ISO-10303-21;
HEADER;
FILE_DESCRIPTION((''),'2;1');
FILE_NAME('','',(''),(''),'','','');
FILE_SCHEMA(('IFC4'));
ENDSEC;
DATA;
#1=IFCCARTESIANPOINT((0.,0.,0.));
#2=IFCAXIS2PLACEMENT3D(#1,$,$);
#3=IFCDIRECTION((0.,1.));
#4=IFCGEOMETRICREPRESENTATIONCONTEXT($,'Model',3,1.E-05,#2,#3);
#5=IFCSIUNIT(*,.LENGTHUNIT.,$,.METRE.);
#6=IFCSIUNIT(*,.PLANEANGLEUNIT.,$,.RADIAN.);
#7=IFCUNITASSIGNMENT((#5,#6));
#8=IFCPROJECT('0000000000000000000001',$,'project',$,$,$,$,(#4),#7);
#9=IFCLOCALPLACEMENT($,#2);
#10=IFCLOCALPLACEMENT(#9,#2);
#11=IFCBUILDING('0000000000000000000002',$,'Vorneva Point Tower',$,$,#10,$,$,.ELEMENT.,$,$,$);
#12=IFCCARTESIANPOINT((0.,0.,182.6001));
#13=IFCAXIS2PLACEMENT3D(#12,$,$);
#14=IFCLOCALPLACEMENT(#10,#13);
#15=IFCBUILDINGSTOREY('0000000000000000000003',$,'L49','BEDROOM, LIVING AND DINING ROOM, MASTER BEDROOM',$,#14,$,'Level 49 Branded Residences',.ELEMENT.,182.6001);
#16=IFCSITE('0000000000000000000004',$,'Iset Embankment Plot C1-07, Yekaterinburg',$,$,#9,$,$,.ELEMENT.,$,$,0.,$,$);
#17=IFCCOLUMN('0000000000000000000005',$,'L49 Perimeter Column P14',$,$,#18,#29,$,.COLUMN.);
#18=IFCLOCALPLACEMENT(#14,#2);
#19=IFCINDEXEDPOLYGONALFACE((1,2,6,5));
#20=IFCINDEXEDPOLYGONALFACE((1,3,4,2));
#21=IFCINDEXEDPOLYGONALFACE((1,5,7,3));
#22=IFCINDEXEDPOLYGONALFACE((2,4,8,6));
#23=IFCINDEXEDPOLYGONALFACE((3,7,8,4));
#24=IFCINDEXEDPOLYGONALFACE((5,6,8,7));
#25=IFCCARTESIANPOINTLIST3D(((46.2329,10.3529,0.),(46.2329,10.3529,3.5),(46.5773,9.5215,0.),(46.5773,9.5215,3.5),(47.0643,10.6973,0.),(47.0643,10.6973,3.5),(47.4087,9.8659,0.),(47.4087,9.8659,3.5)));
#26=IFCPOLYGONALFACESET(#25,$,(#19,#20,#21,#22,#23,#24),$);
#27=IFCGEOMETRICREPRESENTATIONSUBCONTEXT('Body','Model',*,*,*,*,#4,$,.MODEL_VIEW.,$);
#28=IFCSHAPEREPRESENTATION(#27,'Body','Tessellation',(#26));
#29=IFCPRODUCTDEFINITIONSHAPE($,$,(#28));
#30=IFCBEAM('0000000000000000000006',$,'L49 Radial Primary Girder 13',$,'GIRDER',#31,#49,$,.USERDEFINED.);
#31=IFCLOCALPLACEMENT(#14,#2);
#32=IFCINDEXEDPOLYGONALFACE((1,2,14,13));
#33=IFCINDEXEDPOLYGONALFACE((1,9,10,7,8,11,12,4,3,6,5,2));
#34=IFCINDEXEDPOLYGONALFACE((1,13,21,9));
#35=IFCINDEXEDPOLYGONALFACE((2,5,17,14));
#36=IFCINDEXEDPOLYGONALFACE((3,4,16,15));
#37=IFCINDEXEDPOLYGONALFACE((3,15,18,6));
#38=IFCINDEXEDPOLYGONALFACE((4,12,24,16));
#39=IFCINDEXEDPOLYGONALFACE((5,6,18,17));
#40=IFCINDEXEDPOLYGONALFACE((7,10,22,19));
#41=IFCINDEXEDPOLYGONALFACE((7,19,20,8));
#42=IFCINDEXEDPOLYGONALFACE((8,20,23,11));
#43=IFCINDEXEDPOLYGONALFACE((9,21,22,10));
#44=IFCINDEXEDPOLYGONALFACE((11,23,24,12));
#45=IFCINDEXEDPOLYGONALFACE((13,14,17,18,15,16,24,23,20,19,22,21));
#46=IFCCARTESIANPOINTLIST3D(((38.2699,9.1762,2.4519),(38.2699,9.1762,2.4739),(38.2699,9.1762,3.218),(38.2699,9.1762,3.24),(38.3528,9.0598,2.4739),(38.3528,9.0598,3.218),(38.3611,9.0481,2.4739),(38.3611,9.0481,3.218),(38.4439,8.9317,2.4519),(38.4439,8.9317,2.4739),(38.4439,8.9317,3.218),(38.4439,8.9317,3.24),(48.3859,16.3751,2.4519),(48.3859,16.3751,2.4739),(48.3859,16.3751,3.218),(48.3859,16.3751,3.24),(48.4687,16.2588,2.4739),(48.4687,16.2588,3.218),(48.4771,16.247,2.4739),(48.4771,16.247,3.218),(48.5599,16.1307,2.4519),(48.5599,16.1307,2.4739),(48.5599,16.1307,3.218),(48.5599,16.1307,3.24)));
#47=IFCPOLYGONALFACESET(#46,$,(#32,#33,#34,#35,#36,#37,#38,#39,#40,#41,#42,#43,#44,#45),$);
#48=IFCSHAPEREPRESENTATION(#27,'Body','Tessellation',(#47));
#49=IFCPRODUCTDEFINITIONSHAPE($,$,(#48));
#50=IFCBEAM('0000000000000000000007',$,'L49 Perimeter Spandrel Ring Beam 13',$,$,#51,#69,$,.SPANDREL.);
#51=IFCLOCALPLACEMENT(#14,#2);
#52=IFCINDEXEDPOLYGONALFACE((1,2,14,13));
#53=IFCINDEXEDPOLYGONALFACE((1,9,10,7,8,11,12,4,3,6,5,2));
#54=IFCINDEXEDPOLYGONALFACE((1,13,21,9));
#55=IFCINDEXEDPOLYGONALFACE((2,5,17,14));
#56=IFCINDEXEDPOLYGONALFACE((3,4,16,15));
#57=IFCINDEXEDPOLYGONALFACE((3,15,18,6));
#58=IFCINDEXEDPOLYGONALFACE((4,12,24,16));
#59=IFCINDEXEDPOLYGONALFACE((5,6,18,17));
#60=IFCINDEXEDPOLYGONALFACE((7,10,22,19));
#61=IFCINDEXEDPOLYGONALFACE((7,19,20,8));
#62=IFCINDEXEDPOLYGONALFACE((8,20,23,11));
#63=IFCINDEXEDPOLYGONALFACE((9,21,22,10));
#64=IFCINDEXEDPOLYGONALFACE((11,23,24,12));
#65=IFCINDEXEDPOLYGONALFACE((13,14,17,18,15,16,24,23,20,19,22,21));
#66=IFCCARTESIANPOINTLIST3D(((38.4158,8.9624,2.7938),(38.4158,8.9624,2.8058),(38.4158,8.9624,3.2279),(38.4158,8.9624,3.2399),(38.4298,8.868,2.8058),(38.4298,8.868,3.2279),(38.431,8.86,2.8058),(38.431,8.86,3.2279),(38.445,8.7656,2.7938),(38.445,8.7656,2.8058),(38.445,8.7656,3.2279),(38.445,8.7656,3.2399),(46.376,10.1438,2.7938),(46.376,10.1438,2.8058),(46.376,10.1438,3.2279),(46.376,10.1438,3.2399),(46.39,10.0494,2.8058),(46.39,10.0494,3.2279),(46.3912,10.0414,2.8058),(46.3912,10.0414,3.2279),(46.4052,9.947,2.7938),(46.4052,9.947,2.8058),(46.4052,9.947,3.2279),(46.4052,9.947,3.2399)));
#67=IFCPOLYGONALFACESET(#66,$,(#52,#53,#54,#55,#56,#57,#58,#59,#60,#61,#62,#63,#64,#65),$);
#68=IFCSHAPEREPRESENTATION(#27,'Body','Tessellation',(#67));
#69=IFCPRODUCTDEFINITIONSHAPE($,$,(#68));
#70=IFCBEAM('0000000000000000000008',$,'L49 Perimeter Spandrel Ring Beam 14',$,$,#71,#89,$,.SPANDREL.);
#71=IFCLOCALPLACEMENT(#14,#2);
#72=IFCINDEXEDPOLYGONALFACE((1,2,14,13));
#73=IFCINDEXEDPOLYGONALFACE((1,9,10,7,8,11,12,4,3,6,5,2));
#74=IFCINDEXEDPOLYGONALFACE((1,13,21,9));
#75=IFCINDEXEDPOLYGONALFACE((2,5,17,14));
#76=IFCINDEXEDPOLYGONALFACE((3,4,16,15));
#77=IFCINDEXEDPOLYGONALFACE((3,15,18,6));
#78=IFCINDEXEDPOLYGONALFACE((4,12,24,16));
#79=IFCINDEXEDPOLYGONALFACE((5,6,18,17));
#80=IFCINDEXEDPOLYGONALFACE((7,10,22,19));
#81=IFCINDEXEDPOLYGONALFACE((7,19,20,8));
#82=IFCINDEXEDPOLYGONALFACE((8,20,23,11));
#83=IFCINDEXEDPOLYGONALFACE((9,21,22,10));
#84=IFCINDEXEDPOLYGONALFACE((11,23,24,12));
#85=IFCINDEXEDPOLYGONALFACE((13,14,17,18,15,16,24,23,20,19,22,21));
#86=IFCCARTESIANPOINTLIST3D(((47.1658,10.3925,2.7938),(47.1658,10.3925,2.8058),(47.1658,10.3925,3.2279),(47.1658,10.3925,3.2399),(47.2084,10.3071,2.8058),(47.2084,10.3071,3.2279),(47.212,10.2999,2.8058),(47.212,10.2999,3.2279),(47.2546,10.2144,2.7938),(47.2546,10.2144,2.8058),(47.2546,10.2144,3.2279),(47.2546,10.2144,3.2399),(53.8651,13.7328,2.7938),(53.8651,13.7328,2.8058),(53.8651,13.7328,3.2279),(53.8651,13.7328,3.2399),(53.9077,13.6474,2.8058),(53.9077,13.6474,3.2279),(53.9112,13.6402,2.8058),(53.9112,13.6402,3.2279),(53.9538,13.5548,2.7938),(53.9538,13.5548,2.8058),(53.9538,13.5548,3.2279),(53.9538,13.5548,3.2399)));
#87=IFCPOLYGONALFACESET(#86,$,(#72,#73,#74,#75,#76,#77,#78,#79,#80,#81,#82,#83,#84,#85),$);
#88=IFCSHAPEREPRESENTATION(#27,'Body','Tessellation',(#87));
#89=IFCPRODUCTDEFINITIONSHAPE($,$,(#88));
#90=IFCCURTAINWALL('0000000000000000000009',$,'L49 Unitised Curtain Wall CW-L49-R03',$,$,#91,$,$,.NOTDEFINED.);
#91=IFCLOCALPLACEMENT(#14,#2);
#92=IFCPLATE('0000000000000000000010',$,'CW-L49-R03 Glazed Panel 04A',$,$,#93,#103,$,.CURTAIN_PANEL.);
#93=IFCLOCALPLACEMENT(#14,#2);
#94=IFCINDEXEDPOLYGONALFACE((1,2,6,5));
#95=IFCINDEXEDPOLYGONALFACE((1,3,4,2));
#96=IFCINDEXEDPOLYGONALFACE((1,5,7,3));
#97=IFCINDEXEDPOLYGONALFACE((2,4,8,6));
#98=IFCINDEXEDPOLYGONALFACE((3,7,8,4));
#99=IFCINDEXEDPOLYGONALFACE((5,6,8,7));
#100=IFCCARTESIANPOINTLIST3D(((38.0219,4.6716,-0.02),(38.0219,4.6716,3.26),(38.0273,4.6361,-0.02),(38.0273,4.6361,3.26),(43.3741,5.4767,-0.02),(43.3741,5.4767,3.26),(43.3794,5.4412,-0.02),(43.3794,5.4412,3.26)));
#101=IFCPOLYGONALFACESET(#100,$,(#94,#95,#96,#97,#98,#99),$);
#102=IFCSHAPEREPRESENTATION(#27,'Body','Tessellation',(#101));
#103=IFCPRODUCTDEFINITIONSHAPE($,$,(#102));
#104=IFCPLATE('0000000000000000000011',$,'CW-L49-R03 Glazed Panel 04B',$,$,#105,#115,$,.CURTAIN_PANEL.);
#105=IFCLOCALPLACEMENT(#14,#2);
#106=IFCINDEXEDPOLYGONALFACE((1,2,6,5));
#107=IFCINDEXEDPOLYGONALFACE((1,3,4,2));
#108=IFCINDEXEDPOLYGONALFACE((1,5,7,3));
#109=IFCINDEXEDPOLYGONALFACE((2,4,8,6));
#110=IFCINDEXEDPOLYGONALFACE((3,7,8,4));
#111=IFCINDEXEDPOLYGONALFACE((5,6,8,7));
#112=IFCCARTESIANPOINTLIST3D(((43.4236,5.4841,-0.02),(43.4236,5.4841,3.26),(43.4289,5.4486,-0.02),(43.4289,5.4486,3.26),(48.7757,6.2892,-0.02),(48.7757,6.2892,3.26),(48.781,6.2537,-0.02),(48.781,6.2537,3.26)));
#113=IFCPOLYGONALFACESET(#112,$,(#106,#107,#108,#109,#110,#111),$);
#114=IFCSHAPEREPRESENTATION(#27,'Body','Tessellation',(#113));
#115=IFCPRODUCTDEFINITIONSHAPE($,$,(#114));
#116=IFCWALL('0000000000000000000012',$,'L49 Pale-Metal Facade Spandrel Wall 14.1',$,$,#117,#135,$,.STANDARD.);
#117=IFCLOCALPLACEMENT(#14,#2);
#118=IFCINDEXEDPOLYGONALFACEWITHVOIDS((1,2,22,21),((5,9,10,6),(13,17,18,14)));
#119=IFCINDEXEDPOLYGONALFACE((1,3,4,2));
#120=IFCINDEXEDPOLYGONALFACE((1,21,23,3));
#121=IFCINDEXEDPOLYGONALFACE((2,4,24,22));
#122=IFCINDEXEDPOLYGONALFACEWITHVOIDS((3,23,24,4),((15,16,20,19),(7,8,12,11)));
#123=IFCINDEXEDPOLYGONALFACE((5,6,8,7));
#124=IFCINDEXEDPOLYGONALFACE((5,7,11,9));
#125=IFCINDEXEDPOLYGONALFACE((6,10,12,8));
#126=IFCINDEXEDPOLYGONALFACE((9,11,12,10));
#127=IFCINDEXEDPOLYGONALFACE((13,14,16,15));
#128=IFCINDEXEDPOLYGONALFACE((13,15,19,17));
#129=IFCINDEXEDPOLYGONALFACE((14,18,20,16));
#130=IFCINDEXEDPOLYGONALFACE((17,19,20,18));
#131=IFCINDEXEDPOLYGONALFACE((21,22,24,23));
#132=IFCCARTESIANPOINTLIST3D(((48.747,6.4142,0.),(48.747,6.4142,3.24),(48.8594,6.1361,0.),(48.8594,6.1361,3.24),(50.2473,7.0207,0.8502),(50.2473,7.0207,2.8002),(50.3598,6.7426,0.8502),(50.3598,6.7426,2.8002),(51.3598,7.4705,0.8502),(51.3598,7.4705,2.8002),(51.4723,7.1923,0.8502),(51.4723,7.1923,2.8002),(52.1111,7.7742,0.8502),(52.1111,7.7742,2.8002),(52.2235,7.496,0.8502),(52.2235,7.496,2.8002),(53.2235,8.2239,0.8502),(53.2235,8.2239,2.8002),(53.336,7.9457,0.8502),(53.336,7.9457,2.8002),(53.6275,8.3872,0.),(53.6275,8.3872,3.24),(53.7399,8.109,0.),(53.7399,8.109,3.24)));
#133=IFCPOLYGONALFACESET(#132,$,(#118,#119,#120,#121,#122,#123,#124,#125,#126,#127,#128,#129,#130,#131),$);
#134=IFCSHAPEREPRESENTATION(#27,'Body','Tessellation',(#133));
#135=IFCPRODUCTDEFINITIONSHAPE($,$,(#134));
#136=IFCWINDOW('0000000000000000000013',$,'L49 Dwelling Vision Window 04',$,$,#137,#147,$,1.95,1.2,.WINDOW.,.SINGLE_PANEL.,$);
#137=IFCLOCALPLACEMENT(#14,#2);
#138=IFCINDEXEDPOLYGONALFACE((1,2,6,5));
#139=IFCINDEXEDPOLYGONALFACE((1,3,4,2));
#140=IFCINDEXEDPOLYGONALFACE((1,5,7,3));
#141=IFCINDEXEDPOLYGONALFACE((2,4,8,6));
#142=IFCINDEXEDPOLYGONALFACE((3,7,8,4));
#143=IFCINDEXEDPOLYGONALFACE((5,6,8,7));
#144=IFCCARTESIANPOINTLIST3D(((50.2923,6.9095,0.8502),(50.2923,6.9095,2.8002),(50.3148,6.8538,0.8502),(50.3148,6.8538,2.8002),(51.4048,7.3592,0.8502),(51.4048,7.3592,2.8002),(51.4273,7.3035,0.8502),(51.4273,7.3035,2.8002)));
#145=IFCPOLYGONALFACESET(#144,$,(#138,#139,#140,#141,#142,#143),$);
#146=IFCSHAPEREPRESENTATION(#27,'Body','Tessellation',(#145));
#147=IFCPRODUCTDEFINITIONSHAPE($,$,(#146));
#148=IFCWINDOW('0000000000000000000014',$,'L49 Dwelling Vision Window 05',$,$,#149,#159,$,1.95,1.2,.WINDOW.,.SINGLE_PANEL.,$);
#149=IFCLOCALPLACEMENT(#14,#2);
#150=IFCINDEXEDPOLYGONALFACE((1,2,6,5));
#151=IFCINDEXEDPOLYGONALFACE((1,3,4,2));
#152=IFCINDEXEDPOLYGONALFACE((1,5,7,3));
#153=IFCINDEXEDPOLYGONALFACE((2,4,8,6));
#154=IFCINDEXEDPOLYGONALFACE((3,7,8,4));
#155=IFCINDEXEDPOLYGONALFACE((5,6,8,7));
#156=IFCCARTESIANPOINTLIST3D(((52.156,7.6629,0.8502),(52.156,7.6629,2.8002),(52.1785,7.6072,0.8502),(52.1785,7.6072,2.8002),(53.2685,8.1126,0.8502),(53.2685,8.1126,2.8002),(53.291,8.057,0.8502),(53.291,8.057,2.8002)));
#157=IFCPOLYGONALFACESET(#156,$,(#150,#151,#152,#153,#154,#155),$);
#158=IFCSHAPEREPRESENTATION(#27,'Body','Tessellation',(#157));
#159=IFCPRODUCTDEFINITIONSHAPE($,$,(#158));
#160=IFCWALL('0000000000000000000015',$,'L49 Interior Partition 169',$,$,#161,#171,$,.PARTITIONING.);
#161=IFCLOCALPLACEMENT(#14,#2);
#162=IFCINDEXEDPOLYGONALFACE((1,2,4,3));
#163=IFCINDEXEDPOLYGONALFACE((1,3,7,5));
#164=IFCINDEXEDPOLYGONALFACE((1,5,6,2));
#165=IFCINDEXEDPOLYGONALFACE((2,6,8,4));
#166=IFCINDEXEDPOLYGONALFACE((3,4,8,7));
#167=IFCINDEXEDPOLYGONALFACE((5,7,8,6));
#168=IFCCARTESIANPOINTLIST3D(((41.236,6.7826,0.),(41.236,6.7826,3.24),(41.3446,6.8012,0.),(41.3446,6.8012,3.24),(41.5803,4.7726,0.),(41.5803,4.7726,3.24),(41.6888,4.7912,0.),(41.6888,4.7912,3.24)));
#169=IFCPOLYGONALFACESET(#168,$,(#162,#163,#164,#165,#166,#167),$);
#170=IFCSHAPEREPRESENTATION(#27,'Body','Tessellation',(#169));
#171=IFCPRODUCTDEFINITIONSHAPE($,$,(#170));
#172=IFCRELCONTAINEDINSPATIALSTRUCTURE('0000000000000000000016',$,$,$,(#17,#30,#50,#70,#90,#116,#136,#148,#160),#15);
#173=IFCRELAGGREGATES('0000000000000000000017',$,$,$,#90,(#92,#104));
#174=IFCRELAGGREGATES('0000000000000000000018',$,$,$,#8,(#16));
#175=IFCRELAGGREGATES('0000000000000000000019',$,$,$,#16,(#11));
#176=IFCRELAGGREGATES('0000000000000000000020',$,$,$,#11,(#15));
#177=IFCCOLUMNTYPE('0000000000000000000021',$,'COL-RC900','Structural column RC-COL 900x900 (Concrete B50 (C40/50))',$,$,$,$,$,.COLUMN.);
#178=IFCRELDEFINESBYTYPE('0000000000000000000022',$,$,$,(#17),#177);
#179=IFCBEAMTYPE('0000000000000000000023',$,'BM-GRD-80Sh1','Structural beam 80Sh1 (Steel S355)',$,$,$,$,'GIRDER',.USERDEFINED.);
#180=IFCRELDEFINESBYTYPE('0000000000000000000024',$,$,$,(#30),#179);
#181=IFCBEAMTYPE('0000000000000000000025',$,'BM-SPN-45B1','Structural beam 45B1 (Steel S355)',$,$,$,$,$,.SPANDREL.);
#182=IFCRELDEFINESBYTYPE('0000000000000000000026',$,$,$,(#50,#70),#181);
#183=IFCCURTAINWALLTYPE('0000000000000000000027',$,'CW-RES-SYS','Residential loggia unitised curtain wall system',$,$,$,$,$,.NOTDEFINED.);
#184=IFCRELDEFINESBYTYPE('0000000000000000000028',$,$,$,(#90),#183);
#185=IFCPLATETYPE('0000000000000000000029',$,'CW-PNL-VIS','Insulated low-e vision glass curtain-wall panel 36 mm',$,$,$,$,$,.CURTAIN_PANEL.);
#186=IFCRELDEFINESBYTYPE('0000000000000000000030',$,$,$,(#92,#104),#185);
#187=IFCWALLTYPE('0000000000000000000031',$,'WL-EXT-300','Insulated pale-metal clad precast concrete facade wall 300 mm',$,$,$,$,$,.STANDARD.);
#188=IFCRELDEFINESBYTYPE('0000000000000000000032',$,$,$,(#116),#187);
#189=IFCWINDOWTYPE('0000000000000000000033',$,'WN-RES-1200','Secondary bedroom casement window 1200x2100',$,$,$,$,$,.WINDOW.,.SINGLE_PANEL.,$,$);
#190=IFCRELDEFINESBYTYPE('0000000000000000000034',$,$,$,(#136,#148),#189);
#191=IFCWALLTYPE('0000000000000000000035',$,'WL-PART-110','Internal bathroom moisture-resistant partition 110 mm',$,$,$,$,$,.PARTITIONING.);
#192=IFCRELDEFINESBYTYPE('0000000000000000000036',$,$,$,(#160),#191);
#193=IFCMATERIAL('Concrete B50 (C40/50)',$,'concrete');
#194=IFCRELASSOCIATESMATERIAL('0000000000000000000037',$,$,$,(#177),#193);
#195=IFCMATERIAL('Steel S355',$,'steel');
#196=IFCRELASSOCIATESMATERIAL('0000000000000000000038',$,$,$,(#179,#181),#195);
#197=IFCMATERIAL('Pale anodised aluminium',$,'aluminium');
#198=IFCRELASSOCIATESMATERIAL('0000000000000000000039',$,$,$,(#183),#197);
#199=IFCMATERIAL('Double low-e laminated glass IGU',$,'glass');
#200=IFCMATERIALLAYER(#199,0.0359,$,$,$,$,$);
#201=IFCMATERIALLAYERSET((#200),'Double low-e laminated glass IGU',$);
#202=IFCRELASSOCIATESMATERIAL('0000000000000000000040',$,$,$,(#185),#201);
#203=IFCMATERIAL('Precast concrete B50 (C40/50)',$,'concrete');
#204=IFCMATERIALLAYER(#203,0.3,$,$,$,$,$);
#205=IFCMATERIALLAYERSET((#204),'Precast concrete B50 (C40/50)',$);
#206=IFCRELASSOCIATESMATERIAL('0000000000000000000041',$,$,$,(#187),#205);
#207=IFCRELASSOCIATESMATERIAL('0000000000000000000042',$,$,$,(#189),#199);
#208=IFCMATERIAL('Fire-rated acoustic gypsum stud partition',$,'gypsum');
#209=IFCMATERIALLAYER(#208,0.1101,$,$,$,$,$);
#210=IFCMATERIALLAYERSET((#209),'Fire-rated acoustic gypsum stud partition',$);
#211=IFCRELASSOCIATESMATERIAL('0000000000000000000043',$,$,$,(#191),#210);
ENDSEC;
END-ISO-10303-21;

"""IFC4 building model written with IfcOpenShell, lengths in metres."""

from ifc_helpers import new_model, si_unit, direction, frame, frame_2d, origin, origin_2d, place, context, subcontext, project, spatial, rectangle, i_section, extrude, material, layer, layer_set, material_profile, profile_set, type_object, element, fill, aggregate, save


model = new_model("IFC4")

# Units and contexts
model_context = context("Model", 3, precision=1e-05, world=origin(), true_north=direction((0.0, 1.0)))
body_context = subcontext(model_context, "Body", "Model", "MODEL_VIEW")
ifc_project = project(units=[si_unit("LENGTHUNIT", "METRE"), si_unit("PLANEANGLEUNIT", "RADIAN")], contexts=[model_context])

# Site, building, storey
site_placement = place(None, origin())
site = spatial("IfcSite", under=ifc_project, at=site_placement, Name="Iset Embankment Plot C1-07, Yekaterinburg", CompositionType="ELEMENT", RefElevation=0.0)
building_placement = place(site_placement, origin())
building = spatial("IfcBuilding", under=site, at=building_placement, Name="Vorneva Point Tower", CompositionType="ELEMENT")
storey_placement = place(building_placement, frame((0.0, 0.0, 182.6001)))
storey = spatial("IfcBuildingStorey", under=building, at=storey_placement, Name="L49", Description="BEDROOM, LIVING AND DINING ROOM, MASTER BEDROOM", LongName="Level 49 Branded Residences", CompositionType="ELEMENT", Elevation=182.6001)

# Column
ifc_material_1 = material(Name="Concrete B50 (C40/50)", Category="concrete")
ifc_material_profile_1 = material_profile(ifc_material_1, rectangle(XDim=0.8999, YDim=0.8999, at=origin_2d()), Name="RC-COL 900x900")
ifc_profile_set_1 = profile_set([ifc_material_profile_1], Name="Concrete B50 (C40/50)")
column_type = type_object("IfcColumnType", Name="COL-RC900", Description="Structural column RC-COL 900x900 (Concrete B50 (C40/50))", PredefinedType="COLUMN", material=ifc_profile_set_1)
column_placement = place(storey_placement, frame((46.8208, 10.1094, 0.0), z_axis=(0.0, 0.0, 1.0), x_axis=(0.382683, -0.92388, 0.0)))
element("IfcColumn", 1, at=column_placement, inside=storey, type_object=column_type, Name="L49 Perimeter Column P14", PredefinedType="COLUMN", context=body_context, shape_type="SweptSolid", body=[
    extrude(rectangle(XDim=0.8999, YDim=0.8999, at=origin_2d()), origin(), (0.0, 0.0, 1.0), 3.5),
])

# Beams
ifc_material_2 = material(Name="Steel S355", Category="steel")
ifc_material_profile_2 = material_profile(ifc_material_2, i_section(OverallWidth=0.3, OverallDepth=0.7881, WebThickness=0.0144, FlangeThickness=0.022, at=origin_2d()), Name="80Sh1")
ifc_profile_set_2 = profile_set([ifc_material_profile_2], Name="Steel S355")
beam_type_1 = type_object("IfcBeamType", Name="BM-GRD-80Sh1", Description="Structural beam 80Sh1 (Steel S355)", ElementType="GIRDER", PredefinedType="USERDEFINED", material=ifc_profile_set_2)
beam_1_placement = place(storey_placement, frame((38.3569, 9.054, 2.8459), z_axis=(0.81475, 0.579813, 0.0), x_axis=(-0.579813, 0.81475, 0.0)))
element("IfcBeam", 2, at=beam_1_placement, inside=storey, type_object=beam_type_1, Name="L49 Radial Primary Girder 13", ObjectType="GIRDER", PredefinedType="USERDEFINED", context=body_context, shape_type="SweptSolid", body=[
    extrude(i_section(OverallWidth=0.3, OverallDepth=0.7881, WebThickness=0.0144, FlangeThickness=0.022, at=origin_2d()), origin(), (0.0, 0.0, 1.0), 12.416),
])
ifc_material_profile_3 = material_profile(ifc_material_2, i_section(OverallWidth=0.199, OverallDepth=0.446, WebThickness=0.0081, FlangeThickness=0.012, at=origin_2d()), Name="45B1")
ifc_profile_set_3 = profile_set([ifc_material_profile_3], Name="Steel S355")
beam_type_2 = type_object("IfcBeamType", Name="BM-SPN-45B1", Description="Structural beam 45B1 (Steel S355)", PredefinedType="SPANDREL", material=ifc_profile_set_3)
beam_2_placement = place(storey_placement, frame((38.4304, 8.864, 3.0168), z_axis=(0.989165, 0.146805, 0.0), x_axis=(-0.146805, 0.989165, 0.0)))
element("IfcBeam", 3, at=beam_2_placement, inside=storey, type_object=beam_type_2, Name="L49 Perimeter Spandrel Ring Beam 13", PredefinedType="SPANDREL", context=body_context, shape_type="SweptSolid", body=[
    extrude(i_section(OverallWidth=0.199, OverallDepth=0.446, WebThickness=0.0081, FlangeThickness=0.012, at=origin_2d()), origin(), (0.0, 0.0, 1.0), 8.0474),
])
beam_3_placement = place(storey_placement, frame((47.2102, 10.3035, 3.0168), z_axis=(0.894922, 0.446222, 0.0), x_axis=(-0.446222, 0.894922, 0.0)))
element("IfcBeam", 4, at=beam_3_placement, inside=storey, type_object=beam_type_2, Name="L49 Perimeter Spandrel Ring Beam 14", PredefinedType="SPANDREL", context=body_context, shape_type="SweptSolid", body=[
    extrude(i_section(OverallWidth=0.199, OverallDepth=0.446, WebThickness=0.0081, FlangeThickness=0.012, at=origin_2d()), origin(), (0.0, 0.0, 1.0), 7.4858),
])

# Curtain wall, plates
ifc_material_3 = material(Name="Pale anodised aluminium", Category="aluminium")
curtain_wall_type = type_object("IfcCurtainWallType", Name="CW-RES-SYS", Description="Residential loggia unitised curtain wall system", PredefinedType="NOTDEFINED", material=ifc_material_3)
curtain_wall_placement = place(storey_placement, origin())
curtain_wall = element("IfcCurtainWall", 5, at=curtain_wall_placement, inside=storey, type_object=curtain_wall_type, Name="L49 Unitised Curtain Wall CW-L49-R03", PredefinedType="NOTDEFINED")
ifc_material_4 = material(Name="Double low-e laminated glass IGU", Category="glass")
ifc_layer_1 = layer(ifc_material_4, 0.0359)
ifc_layer_set_1 = layer_set([ifc_layer_1], Name="Double low-e laminated glass IGU")
plate_type = type_object("IfcPlateType", Name="CW-PNL-VIS", Description="Insulated low-e vision glass curtain-wall panel 36 mm", PredefinedType="CURTAIN_PANEL", material=ifc_layer_set_1)
plate_1_placement = place(storey_placement, frame((40.7007, 5.0564, -0.02), z_axis=(0.0, 0.0, 1.0), x_axis=(0.988874, 0.148759, 0.0)))
plate_1 = element("IfcPlate", 6, at=plate_1_placement, type_object=plate_type, Name="CW-L49-R03 Glazed Panel 04A", PredefinedType="CURTAIN_PANEL", context=body_context, shape_type="SweptSolid", body=[
    extrude(rectangle(XDim=5.4124, YDim=0.0359, at=origin_2d()), origin(), (0.0, 0.0, 1.0), 3.28),
])
plate_2_placement = place(storey_placement, frame((46.1023, 5.8689, -0.02), z_axis=(0.0, 0.0, 1.0), x_axis=(0.988874, 0.148759, 0.0)))
plate_2 = element("IfcPlate", 7, at=plate_2_placement, type_object=plate_type, Name="CW-L49-R03 Glazed Panel 04B", PredefinedType="CURTAIN_PANEL", context=body_context, shape_type="SweptSolid", body=[
    extrude(rectangle(XDim=5.4124, YDim=0.0359, at=origin_2d()), origin(), (0.0, 0.0, 1.0), 3.28),
])
aggregate(curtain_wall, [plate_1, plate_2])

# Wall, openings, windows
ifc_material_5 = material(Name="Precast concrete B50 (C40/50)", Category="concrete")
ifc_layer_2 = layer(ifc_material_5, 0.3)
ifc_layer_set_2 = layer_set([ifc_layer_2], Name="Precast concrete B50 (C40/50)")
wall_type_1 = type_object("IfcWallType", Name="WL-EXT-300", Description="Insulated pale-metal clad precast concrete facade wall 300 mm", PredefinedType="STANDARD", material=ifc_layer_set_2)
wall_1_placement = place(storey_placement, frame((48.8032, 6.2751, 0.0), z_axis=(0.0, 0.0, 1.0), x_axis=(0.927111, 0.374787, 0.0)))
wall_1 = element("IfcWall", 8, at=wall_1_placement, inside=storey, type_object=wall_type_1, Name="L49 Pale-Metal Facade Spandrel Wall 14.1", PredefinedType="STANDARD", context=body_context, shape_type="SweptSolid", body=[
    extrude(rectangle(XDim=5.2642, YDim=0.3, at=frame_2d((2.6321, 0.0))), origin(), (0.0, 0.0, 1.0), 3.24),
])
opening_1_placement = place(wall_1_placement, frame((1.6182, 0.0, 0.8501)))
opening_1 = element("IfcOpeningElement", 9, at=opening_1_placement, cuts=wall_1, PredefinedType="OPENING", context=body_context, shape_type="SweptSolid", body=[
    extrude(rectangle(XDim=1.2, YDim=1.95, at=frame_2d((0.6001, 0.9751))), frame((0.0, 0.165, 0.0), z_axis=(0.0, -1.0, 0.0), x_axis=(1.0, 0.0, 0.0)), (0.0, 0.0, 1.0), 0.3298),
])
opening_2_placement = place(wall_1_placement, frame((3.6284, 0.0, 0.8501)))
opening_2 = element("IfcOpeningElement", 10, at=opening_2_placement, cuts=wall_1, PredefinedType="OPENING", context=body_context, shape_type="SweptSolid", body=[
    extrude(rectangle(XDim=1.2, YDim=1.95, at=frame_2d((0.6001, 0.9751))), frame((0.0, 0.165, 0.0), z_axis=(0.0, -1.0, 0.0), x_axis=(1.0, 0.0, 0.0)), (0.0, 0.0, 1.0), 0.3298),
])
window_type = type_object("IfcWindowType", Name="WN-RES-1200", Description="Secondary bedroom casement window 1200x2100", PartitioningType="SINGLE_PANEL", PredefinedType="WINDOW", material=ifc_material_4)
window_1_placement = place(opening_1_placement, origin())
window_1 = element("IfcWindow", 11, at=window_1_placement, inside=storey, type_object=window_type, Name="L49 Dwelling Vision Window 04", OverallHeight=1.95, OverallWidth=1.2, PartitioningType="SINGLE_PANEL", PredefinedType="WINDOW", context=body_context, shape_type="SweptSolid", body=[
    extrude(rectangle(XDim=1.2, YDim=1.95, at=frame_2d((0.6001, 0.9751))), frame((0.0, 0.03, 0.0), z_axis=(0.0, -1.0, 0.0), x_axis=(1.0, 0.0, 0.0)), (0.0, 0.0, 1.0), 0.0601),
])
fill(opening_1, window_1)
window_2_placement = place(opening_2_placement, origin())
window_2 = element("IfcWindow", 12, at=window_2_placement, inside=storey, type_object=window_type, Name="L49 Dwelling Vision Window 05", OverallHeight=1.95, OverallWidth=1.2, PartitioningType="SINGLE_PANEL", PredefinedType="WINDOW", context=body_context, shape_type="SweptSolid", body=[
    extrude(rectangle(XDim=1.2, YDim=1.95, at=frame_2d((0.6001, 0.9751))), frame((0.0, 0.03, 0.0), z_axis=(0.0, -1.0, 0.0), x_axis=(1.0, 0.0, 0.0)), (0.0, 0.0, 1.0), 0.0601),
])
fill(opening_2, window_2)

# Wall
ifc_material_6 = material(Name="Fire-rated acoustic gypsum stud partition", Category="gypsum")
ifc_layer_3 = layer(ifc_material_6, 0.1101)
ifc_layer_set_3 = layer_set([ifc_layer_3], Name="Fire-rated acoustic gypsum stud partition")
wall_type_2 = type_object("IfcWallType", Name="WL-PART-110", Description="Internal bathroom moisture-resistant partition 110 mm", PredefinedType="PARTITIONING", material=ifc_layer_set_3)
wall_2_placement = place(storey_placement, frame((41.6345, 4.782, 0.0), z_axis=(0.0, 0.0, 1.0), x_axis=(-0.168804, 0.98565, 0.0)))
element("IfcWall", 13, at=wall_2_placement, inside=storey, type_object=wall_type_2, Name="L49 Interior Partition 169", PredefinedType="PARTITIONING", context=body_context, shape_type="SweptSolid", body=[
    extrude(rectangle(XDim=2.0393, YDim=0.1101, at=frame_2d((1.0195, 0.0))), origin(), (0.0, 0.0, 1.0), 3.24),
])

save(model, "model.ifc")
